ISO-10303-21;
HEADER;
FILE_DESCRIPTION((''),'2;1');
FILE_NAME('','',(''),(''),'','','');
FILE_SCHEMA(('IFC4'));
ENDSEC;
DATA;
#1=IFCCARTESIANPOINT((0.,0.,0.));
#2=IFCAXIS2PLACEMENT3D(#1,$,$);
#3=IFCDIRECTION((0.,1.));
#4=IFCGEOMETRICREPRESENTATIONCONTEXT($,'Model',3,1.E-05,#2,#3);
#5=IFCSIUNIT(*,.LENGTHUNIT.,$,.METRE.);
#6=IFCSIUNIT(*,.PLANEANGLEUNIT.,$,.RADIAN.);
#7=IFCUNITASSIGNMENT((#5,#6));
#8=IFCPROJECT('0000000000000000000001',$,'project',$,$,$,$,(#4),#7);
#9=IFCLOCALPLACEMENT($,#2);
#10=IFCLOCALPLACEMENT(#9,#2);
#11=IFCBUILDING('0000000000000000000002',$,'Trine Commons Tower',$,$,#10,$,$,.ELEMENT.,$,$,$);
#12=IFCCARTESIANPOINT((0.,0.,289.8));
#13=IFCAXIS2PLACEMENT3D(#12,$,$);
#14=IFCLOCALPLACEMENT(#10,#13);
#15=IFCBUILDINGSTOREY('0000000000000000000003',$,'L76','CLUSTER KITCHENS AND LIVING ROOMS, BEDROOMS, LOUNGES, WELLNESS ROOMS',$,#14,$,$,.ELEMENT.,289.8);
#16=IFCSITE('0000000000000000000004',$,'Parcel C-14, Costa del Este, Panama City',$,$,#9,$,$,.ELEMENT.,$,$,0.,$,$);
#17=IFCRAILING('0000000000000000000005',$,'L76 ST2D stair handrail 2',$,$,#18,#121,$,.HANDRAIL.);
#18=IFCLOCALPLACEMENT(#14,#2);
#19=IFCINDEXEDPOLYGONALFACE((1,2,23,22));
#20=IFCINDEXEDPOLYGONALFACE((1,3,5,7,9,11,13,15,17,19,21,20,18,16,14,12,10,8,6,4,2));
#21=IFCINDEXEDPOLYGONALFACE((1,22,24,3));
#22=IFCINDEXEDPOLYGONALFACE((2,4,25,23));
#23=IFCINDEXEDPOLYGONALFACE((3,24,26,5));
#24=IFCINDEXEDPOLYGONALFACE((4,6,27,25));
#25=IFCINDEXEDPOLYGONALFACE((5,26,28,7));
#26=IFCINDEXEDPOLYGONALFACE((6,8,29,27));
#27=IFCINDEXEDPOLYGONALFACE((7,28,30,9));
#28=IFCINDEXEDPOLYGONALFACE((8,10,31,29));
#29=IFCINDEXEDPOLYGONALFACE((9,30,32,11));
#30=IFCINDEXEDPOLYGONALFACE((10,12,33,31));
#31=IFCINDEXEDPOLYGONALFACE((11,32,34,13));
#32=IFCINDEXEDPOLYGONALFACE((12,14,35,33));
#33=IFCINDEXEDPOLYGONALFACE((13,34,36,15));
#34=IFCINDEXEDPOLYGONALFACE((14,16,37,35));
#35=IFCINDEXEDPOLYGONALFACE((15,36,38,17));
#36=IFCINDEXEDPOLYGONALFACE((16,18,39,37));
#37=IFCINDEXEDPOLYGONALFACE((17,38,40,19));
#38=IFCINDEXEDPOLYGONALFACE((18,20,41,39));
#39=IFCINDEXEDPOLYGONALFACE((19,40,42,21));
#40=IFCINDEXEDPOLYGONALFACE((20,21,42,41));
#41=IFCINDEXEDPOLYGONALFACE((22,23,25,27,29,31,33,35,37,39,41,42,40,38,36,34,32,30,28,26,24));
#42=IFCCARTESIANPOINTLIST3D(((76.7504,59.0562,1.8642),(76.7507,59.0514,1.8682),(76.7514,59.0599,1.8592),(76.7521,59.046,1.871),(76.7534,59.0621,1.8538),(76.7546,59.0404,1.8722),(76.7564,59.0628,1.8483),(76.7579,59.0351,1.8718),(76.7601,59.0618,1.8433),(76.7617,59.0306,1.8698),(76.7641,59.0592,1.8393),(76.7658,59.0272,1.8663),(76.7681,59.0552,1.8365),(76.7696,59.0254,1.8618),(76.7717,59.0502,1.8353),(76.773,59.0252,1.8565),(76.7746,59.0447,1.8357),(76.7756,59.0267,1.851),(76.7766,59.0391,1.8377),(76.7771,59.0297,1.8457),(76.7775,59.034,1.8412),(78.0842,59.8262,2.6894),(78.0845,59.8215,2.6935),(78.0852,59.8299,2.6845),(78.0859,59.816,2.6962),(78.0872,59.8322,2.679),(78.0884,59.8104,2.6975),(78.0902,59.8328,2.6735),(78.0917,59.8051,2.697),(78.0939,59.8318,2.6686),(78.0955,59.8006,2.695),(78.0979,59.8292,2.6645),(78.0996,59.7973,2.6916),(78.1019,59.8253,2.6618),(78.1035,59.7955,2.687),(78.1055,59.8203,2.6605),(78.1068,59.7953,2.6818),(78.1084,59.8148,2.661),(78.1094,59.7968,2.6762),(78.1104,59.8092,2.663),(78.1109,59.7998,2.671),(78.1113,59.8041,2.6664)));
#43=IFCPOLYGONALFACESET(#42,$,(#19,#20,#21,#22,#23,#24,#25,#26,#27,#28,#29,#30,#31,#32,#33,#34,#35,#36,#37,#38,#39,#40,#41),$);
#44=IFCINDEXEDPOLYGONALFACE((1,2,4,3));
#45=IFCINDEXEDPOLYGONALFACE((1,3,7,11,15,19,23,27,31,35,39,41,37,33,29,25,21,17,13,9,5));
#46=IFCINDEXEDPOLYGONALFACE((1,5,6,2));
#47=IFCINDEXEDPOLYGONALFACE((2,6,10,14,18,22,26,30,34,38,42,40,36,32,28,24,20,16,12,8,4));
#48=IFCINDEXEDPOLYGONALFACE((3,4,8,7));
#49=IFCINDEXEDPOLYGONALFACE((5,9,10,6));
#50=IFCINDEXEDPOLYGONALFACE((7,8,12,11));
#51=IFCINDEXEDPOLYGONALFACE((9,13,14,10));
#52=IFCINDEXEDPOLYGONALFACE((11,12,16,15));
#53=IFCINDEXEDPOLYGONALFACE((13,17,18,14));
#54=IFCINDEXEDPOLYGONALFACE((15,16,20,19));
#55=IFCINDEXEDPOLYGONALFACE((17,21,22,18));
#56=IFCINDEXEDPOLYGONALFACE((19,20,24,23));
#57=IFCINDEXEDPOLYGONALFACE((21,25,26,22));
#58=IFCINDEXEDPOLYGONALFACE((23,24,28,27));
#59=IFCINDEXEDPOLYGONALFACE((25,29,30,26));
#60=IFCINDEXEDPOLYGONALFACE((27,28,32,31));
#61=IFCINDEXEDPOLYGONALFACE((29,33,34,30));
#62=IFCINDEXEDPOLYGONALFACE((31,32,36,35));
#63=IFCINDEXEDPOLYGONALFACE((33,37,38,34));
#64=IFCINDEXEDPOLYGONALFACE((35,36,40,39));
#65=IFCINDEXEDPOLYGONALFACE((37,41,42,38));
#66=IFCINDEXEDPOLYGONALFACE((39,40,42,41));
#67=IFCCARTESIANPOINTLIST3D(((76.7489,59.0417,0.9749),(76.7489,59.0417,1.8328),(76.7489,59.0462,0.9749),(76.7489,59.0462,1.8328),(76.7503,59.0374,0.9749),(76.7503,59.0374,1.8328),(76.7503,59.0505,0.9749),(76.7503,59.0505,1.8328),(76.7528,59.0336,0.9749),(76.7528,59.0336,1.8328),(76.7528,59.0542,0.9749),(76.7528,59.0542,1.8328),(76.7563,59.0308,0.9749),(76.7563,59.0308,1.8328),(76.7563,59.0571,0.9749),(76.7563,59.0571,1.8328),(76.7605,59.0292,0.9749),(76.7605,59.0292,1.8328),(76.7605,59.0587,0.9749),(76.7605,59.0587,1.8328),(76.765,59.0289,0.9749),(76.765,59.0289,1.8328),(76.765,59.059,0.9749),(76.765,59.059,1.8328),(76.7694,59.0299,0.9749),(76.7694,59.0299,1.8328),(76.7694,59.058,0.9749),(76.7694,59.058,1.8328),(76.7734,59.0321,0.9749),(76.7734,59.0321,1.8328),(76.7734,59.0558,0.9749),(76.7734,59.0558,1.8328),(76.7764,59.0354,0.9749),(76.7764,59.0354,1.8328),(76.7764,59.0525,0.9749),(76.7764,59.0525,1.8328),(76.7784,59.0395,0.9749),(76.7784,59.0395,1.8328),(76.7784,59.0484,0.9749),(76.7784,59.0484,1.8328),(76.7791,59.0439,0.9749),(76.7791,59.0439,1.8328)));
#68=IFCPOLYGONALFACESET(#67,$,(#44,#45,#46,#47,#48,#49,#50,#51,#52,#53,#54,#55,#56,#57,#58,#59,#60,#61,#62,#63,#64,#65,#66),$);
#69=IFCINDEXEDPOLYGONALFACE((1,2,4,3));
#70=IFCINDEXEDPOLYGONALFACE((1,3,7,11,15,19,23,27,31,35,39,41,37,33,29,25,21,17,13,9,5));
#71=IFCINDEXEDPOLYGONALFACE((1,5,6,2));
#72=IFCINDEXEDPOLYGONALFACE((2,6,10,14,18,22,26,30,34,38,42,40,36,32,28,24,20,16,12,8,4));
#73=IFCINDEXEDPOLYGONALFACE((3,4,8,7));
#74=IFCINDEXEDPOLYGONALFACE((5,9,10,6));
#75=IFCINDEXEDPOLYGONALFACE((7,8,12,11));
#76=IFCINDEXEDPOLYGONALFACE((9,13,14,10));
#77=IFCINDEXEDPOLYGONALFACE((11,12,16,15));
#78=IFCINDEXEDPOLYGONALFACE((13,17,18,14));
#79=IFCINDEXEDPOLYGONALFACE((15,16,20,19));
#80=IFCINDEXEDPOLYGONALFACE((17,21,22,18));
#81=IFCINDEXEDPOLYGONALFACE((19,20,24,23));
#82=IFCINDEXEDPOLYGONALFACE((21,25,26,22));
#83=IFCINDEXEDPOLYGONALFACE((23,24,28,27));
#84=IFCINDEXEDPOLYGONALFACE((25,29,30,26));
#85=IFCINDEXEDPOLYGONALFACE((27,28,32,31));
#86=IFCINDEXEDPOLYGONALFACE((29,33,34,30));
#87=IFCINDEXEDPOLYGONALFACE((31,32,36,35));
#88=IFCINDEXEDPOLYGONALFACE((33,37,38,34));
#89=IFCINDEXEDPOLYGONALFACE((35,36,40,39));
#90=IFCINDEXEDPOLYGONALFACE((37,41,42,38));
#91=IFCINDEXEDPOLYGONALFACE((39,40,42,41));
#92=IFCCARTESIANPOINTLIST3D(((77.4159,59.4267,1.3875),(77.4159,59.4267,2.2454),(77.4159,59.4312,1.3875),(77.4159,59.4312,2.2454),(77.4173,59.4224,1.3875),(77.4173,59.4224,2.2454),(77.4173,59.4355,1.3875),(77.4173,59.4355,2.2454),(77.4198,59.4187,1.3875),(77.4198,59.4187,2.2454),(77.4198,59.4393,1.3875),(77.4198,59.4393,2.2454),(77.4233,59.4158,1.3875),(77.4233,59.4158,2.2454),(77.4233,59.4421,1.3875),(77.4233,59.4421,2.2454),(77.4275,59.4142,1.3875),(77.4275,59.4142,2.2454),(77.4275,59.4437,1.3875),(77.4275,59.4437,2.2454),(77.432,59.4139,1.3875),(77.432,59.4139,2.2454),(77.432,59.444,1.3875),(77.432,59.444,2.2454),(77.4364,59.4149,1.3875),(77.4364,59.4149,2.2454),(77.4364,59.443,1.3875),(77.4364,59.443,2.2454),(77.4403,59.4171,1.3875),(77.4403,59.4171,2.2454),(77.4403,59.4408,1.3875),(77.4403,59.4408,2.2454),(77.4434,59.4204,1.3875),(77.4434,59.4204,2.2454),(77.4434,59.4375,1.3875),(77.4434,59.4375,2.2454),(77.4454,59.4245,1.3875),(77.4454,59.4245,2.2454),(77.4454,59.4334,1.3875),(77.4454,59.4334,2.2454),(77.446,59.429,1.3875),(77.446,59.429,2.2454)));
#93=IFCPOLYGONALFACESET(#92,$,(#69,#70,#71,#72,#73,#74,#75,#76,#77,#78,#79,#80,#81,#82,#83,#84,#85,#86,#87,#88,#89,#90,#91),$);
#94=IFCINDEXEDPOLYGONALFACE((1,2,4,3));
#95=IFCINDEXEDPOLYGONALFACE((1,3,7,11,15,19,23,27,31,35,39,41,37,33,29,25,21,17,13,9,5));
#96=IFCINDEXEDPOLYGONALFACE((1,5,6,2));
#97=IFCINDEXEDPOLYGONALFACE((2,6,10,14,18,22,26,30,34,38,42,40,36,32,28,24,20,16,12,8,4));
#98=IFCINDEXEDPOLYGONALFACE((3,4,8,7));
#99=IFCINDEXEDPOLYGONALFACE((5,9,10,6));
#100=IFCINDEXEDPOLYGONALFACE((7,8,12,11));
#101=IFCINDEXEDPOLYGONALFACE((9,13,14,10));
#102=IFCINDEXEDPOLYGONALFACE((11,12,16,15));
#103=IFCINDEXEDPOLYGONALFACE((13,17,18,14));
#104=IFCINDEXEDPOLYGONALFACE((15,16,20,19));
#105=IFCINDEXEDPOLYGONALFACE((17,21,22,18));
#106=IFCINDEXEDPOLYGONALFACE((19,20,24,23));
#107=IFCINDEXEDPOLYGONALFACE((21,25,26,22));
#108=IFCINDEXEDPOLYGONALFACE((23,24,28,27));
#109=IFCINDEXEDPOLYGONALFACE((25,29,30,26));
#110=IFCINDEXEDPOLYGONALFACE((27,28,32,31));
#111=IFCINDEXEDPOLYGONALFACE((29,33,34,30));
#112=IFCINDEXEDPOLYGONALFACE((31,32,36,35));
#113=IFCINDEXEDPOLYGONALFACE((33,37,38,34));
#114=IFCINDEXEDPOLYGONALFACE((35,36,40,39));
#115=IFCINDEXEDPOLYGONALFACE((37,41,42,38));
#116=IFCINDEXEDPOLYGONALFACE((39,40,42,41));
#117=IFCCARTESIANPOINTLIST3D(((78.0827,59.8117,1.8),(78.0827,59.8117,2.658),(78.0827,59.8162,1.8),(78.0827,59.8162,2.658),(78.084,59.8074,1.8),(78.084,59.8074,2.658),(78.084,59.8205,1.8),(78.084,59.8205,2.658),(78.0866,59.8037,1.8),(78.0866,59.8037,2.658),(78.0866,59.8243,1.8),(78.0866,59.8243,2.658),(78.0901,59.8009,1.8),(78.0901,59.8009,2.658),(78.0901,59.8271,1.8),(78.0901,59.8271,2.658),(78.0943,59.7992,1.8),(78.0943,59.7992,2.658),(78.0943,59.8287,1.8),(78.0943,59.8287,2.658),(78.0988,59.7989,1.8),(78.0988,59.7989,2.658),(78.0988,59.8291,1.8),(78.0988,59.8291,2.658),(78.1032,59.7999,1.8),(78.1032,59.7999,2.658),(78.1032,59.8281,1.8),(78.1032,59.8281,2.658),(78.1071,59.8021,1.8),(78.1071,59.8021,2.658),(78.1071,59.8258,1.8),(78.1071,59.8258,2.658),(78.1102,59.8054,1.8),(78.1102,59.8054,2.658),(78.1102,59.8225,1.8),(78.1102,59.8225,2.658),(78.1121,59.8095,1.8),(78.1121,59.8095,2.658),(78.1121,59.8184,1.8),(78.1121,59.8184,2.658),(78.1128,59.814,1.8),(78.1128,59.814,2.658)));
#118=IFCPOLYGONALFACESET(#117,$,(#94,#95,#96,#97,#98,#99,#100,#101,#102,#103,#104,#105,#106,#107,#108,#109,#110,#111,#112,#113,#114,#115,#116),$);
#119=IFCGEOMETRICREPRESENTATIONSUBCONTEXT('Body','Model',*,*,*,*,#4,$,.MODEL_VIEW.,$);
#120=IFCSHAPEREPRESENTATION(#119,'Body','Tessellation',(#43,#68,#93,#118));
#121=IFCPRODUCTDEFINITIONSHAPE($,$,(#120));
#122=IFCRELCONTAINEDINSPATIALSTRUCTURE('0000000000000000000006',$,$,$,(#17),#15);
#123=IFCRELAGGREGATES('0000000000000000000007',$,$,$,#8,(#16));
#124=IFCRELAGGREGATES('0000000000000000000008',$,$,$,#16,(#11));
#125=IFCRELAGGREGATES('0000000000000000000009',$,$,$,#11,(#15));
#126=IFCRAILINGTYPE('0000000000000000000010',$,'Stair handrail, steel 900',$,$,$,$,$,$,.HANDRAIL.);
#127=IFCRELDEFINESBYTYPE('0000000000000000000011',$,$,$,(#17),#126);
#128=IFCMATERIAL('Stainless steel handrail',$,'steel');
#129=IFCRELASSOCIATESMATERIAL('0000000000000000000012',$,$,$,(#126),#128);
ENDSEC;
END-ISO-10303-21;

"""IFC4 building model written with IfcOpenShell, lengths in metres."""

from ifc_helpers import new_model, si_unit, direction, frame, origin, origin_2d, place, context, subcontext, project, spatial, circle, extrude, material, type_object, element, save


model = new_model("IFC4")

# Units and contexts
model_context = context("Model", 3, precision=1e-05, world=origin(), true_north=direction((0.0, 1.0)))
body_context = subcontext(model_context, "Body", "Model", "MODEL_VIEW")
ifc_project = project(units=[si_unit("LENGTHUNIT", "METRE"), si_unit("PLANEANGLEUNIT", "RADIAN")], contexts=[model_context])

# Site, building, storey
site_placement = place(None, origin())
site = spatial("IfcSite", under=ifc_project, at=site_placement, Name="Parcel C-14, Costa del Este, Panama City", CompositionType="ELEMENT", RefElevation=0.0)
building_placement = place(site_placement, origin())
building = spatial("IfcBuilding", under=site, at=building_placement, Name="Trine Commons Tower", CompositionType="ELEMENT")
storey_placement = place(building_placement, frame((0.0, 0.0, 289.8)))
storey = spatial("IfcBuildingStorey", under=building, at=storey_placement, Name="L76", Description="CLUSTER KITCHENS AND LIVING ROOMS, BEDROOMS, LOUNGES, WELLNESS ROOMS", CompositionType="ELEMENT", Elevation=289.8)

# Railing
ifc_material_1 = material(Name="Stainless steel handrail", Category="steel")
railing_type_1 = type_object("IfcRailingType", Name="Stair handrail, steel 900", PredefinedType="HANDRAIL", material=ifc_material_1)
railing_1_placement = place(storey_placement, frame((76.7639, 59.0439, 0.9749)))
element("IfcRailing", 1, at=railing_1_placement, inside=storey, type_object=railing_type_1, Name="L76 ST2D stair handrail 2", PredefinedType="HANDRAIL", context=body_context, shape_type="SweptSolid", body=[
    extrude(circle(Radius=0.021, at=origin_2d()), frame((0.0, 0.0, 0.8789), z_axis=(0.763355, 0.440714, 0.472293), x_axis=(-0.499992, 0.86603, 0.0)), (0.0, 0.0, 1.0), 1.7473),
    extrude(circle(Radius=0.0151, at=origin_2d()), origin(), (0.0, 0.0, 1.0), 0.8579),
    extrude(circle(Radius=0.0151, at=origin_2d()), frame((0.667, 0.385, 0.4126)), (0.0, 0.0, 1.0), 0.8579),
    extrude(circle(Radius=0.0151, at=origin_2d()), frame((1.3337, 0.77, 0.8252)), (0.0, 0.0, 1.0), 0.8579),
])

save(model, "model.ifc")
